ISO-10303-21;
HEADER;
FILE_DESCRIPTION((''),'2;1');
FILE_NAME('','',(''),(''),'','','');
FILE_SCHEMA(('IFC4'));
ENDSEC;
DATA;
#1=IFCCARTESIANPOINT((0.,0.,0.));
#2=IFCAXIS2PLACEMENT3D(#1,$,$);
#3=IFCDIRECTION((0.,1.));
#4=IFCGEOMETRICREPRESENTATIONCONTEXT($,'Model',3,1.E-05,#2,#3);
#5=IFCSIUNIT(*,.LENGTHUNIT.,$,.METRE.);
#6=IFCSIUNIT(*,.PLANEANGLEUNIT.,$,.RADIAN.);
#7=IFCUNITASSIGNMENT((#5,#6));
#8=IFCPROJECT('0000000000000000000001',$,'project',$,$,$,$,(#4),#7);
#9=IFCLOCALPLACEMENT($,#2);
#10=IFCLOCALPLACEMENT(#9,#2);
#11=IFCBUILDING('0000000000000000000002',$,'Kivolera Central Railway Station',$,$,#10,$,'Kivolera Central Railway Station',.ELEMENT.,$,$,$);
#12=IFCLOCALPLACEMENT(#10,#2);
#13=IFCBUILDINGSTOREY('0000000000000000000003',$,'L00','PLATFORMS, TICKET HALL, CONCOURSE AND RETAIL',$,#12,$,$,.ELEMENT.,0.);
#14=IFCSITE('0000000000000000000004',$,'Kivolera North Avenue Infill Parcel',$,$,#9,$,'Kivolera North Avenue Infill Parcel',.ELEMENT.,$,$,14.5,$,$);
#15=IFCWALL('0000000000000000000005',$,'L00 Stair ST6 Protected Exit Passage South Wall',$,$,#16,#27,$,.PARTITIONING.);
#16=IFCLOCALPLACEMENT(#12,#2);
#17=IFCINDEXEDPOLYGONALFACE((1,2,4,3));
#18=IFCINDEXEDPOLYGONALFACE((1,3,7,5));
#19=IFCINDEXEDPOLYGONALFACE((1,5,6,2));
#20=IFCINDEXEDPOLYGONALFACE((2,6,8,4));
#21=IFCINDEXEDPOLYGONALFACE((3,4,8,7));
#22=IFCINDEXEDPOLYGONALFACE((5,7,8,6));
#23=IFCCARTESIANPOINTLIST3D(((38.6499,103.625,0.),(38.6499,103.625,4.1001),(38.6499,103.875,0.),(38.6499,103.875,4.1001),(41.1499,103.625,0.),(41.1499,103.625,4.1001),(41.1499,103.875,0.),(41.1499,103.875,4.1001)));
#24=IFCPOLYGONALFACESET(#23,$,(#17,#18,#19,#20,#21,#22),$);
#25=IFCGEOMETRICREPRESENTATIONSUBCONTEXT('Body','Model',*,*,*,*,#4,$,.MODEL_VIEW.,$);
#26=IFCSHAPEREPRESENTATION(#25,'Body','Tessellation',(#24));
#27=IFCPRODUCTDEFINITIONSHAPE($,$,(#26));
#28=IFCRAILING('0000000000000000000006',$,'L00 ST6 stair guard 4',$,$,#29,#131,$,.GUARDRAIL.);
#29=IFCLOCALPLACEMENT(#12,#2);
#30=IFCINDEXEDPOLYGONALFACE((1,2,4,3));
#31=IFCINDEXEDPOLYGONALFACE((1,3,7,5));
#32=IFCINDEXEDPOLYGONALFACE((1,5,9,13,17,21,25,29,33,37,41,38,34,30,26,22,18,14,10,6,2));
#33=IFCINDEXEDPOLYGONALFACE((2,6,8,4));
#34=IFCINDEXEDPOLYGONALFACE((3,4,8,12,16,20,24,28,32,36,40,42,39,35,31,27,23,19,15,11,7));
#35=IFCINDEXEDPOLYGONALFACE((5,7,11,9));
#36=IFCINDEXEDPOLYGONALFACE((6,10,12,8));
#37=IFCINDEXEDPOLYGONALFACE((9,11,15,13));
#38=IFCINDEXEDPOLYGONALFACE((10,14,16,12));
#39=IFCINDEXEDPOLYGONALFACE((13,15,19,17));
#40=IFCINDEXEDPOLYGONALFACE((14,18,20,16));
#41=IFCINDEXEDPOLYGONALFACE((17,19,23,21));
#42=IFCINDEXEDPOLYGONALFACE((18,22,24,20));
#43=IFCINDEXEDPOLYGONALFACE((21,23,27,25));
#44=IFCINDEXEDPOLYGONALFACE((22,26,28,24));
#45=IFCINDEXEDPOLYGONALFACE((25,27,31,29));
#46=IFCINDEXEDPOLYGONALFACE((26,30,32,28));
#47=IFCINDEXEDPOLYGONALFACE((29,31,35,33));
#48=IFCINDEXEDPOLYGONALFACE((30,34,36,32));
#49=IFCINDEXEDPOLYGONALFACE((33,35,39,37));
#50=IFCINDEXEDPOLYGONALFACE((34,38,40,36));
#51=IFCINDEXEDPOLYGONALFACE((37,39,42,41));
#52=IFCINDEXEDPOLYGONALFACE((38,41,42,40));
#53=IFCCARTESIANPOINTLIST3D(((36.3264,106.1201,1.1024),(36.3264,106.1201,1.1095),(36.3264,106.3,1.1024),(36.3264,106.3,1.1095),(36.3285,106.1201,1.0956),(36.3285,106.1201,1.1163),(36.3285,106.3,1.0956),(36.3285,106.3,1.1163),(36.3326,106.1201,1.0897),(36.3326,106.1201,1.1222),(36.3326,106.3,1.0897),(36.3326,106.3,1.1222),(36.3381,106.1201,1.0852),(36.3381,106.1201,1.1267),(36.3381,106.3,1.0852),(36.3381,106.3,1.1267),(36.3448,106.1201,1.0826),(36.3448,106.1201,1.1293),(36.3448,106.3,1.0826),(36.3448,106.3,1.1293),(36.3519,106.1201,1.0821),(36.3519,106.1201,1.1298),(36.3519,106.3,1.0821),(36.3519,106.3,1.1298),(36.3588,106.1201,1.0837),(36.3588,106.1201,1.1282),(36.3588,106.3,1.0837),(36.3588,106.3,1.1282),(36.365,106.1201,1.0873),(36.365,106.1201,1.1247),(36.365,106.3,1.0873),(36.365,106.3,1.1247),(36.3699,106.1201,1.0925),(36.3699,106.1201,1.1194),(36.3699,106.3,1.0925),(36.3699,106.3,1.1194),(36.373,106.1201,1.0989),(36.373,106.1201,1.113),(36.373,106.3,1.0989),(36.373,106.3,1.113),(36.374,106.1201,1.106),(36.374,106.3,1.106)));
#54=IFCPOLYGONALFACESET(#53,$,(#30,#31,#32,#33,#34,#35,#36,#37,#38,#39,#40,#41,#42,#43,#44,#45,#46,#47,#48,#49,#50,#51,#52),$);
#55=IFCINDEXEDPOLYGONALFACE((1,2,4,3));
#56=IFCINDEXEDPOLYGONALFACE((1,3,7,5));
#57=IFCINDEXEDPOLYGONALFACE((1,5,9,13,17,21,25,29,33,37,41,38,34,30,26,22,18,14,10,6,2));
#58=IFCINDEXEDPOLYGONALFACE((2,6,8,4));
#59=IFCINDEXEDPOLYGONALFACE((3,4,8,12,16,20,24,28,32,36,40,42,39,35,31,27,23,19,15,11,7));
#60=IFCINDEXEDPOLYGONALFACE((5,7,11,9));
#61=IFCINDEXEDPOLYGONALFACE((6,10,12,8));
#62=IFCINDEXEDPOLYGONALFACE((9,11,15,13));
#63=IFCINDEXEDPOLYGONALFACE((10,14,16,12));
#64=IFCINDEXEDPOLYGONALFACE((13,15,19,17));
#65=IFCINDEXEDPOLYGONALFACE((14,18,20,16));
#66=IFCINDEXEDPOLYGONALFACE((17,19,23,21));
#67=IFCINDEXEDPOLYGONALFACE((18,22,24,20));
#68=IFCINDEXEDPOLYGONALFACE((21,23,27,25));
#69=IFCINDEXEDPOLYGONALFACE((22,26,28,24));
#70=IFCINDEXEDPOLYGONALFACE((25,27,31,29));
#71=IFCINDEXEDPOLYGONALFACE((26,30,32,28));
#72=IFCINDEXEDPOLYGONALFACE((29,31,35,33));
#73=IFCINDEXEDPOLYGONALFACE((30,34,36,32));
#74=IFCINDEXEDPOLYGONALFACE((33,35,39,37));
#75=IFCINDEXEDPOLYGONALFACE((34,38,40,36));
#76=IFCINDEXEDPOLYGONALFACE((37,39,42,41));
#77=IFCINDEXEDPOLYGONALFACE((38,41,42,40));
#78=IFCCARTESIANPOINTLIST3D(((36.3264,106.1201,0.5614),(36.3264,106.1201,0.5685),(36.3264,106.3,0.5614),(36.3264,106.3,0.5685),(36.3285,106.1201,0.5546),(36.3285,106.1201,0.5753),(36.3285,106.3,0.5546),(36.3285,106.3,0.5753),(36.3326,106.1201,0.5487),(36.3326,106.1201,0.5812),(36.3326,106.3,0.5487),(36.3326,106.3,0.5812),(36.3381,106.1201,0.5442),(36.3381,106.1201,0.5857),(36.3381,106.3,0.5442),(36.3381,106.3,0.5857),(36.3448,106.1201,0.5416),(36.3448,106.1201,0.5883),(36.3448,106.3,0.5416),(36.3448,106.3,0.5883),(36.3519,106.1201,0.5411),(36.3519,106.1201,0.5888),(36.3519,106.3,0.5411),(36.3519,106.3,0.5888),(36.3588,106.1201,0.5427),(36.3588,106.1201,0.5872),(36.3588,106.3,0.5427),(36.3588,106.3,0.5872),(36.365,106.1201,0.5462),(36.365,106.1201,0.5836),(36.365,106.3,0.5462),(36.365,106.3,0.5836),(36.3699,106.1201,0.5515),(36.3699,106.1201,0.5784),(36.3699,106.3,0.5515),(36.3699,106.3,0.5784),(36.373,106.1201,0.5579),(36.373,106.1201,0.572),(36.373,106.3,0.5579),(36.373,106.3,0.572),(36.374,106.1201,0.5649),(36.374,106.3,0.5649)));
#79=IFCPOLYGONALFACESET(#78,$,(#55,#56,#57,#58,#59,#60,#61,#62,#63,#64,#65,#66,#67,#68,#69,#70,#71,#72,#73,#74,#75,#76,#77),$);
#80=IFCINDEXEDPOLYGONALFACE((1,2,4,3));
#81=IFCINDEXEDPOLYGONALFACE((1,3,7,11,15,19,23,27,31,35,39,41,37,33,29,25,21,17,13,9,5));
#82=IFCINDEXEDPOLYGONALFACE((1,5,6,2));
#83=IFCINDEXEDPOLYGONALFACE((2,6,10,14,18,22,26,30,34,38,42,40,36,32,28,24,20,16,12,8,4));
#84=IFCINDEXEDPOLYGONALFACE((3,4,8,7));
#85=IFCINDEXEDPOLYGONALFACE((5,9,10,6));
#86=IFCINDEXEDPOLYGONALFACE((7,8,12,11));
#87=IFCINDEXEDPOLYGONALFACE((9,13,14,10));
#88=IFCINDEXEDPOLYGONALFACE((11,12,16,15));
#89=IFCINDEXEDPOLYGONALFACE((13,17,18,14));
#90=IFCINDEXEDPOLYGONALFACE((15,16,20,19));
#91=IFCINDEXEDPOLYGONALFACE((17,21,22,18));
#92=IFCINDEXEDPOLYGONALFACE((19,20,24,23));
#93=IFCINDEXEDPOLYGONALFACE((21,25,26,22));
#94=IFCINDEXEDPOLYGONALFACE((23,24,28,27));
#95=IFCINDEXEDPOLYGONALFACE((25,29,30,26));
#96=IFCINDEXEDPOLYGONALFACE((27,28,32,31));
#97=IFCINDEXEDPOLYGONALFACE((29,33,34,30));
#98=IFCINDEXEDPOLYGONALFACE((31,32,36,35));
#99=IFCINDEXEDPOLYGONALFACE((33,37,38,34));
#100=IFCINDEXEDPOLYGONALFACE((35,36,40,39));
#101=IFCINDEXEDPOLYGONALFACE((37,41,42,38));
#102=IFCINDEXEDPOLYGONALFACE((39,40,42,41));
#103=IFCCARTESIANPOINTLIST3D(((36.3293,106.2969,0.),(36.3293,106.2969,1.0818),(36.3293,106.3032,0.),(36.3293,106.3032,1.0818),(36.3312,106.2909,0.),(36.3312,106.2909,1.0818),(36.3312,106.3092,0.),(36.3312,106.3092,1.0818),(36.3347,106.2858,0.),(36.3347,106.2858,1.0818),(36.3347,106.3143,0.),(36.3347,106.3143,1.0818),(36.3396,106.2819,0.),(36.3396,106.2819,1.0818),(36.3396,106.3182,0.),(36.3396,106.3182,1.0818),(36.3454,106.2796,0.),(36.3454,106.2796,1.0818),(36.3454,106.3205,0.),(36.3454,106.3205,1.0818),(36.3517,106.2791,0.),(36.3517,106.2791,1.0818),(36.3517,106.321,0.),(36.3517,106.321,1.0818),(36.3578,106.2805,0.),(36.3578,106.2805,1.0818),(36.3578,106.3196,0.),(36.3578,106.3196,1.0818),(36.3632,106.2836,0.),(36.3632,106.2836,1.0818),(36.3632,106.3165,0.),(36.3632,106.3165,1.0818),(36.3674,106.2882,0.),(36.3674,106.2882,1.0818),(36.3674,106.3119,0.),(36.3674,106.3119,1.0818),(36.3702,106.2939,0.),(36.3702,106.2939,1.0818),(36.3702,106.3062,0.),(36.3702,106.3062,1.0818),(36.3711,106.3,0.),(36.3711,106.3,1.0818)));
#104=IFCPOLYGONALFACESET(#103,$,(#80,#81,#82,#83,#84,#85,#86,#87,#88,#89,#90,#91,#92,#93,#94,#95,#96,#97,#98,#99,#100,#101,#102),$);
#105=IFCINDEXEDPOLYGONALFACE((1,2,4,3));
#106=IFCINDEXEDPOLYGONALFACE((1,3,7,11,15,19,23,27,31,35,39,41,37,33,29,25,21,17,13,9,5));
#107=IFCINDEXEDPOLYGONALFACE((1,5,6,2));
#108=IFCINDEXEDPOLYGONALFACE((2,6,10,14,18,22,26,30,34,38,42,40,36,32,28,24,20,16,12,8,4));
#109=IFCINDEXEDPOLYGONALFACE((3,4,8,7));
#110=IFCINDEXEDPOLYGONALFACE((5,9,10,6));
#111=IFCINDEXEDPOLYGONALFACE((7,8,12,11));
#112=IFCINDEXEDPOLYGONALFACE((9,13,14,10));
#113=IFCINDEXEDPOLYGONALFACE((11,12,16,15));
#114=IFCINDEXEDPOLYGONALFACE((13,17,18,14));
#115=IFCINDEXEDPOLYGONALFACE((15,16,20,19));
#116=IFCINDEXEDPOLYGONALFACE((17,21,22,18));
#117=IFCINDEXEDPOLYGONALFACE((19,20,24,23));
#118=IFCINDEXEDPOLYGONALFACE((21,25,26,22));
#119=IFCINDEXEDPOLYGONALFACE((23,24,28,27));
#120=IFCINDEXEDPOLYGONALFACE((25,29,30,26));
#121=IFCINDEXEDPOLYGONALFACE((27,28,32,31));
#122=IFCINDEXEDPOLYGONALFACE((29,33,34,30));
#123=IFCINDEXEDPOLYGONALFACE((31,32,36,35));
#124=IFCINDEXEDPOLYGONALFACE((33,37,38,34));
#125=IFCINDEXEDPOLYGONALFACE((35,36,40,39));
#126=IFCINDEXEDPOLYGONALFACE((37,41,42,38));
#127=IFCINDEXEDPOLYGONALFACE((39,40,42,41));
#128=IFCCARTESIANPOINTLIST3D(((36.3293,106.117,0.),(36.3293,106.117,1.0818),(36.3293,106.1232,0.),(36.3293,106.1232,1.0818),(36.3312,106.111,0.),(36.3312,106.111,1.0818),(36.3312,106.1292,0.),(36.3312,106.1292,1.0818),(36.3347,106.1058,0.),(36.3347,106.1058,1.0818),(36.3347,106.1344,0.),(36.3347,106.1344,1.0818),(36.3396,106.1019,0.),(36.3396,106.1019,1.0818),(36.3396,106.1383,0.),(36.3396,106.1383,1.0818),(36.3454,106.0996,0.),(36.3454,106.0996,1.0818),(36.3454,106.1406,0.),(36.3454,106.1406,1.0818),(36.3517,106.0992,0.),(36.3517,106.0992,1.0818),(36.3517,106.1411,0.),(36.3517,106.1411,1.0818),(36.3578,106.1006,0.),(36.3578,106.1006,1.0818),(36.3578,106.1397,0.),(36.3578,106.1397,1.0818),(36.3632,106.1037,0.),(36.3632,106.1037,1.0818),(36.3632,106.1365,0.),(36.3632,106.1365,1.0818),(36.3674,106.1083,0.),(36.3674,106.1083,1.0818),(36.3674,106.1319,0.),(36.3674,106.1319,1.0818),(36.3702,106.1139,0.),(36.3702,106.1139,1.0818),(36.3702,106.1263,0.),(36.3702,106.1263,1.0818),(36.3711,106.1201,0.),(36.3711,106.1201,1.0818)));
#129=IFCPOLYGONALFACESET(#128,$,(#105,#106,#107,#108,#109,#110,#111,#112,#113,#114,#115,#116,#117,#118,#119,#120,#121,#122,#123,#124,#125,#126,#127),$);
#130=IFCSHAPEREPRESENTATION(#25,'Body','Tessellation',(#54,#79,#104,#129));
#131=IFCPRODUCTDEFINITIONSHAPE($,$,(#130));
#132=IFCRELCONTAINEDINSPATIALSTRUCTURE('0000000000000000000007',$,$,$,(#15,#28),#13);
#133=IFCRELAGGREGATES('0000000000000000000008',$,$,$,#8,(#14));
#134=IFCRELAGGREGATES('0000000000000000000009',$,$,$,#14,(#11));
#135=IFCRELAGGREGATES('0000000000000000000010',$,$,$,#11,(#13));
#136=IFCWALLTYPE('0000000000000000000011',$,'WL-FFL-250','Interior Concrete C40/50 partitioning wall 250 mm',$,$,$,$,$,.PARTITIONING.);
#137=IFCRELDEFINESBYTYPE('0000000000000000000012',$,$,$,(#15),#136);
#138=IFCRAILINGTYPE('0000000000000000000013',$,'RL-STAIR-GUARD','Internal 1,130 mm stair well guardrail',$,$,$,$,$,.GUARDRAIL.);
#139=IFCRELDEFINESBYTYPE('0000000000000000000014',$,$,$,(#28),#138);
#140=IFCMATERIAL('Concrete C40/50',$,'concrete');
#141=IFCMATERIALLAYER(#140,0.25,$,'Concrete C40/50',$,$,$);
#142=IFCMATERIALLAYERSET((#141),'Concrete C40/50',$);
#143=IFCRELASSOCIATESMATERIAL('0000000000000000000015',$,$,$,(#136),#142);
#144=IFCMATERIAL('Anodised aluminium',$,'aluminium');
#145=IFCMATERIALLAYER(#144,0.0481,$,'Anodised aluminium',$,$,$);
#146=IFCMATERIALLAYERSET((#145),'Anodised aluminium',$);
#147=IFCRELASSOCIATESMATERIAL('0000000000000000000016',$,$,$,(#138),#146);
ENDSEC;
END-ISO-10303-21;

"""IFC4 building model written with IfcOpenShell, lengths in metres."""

from ifc_helpers import new_model, si_unit, direction, frame, frame_2d, origin, origin_2d, place, context, subcontext, project, spatial, rectangle, circle, extrude, material, layer, layer_set, type_object, element, save


model = new_model("IFC4")

# Units and contexts
model_context = context("Model", 3, precision=1e-05, world=origin(), true_north=direction((0.0, 1.0)))
body_context = subcontext(model_context, "Body", "Model", "MODEL_VIEW")
ifc_project = project(units=[si_unit("LENGTHUNIT", "METRE"), si_unit("PLANEANGLEUNIT", "RADIAN")], contexts=[model_context])

# Site, building, storey
site_placement = place(None, origin())
site = spatial("IfcSite", under=ifc_project, at=site_placement, Name="Kivolera North Avenue Infill Parcel", LongName="Kivolera North Avenue Infill Parcel", CompositionType="ELEMENT", RefElevation=14.5)
building_placement = place(site_placement, origin())
building = spatial("IfcBuilding", under=site, at=building_placement, Name="Kivolera Central Railway Station", LongName="Kivolera Central Railway Station", CompositionType="ELEMENT")
storey_placement = place(building_placement, origin())
storey = spatial("IfcBuildingStorey", under=building, at=storey_placement, Name="L00", Description="PLATFORMS, TICKET HALL, CONCOURSE AND RETAIL", CompositionType="ELEMENT", Elevation=0.0)

# Shared definitions
ifc_material_1 = material(Name="Concrete C40/50", Category="concrete")

# Shared definitions
ifc_material_2 = material(Name="Anodised aluminium", Category="aluminium")

# Shared definitions
ifc_layer_1 = layer(ifc_material_1, 0.25, Name="Concrete C40/50")
ifc_layer_set_1 = layer_set([ifc_layer_1], Name="Concrete C40/50")
wall_type_1 = type_object("IfcWallType", Name="WL-FFL-250", Description="Interior Concrete C40/50 partitioning wall 250 mm", PredefinedType="PARTITIONING", material=ifc_layer_set_1)

# Wall
wall_1_placement = place(storey_placement, frame((38.6499, 103.75, 0.0), z_axis=(0.0, 0.0, 1.0), x_axis=(1.0, 0.0, 0.0)))
element("IfcWall", 1, at=wall_1_placement, inside=storey, type_object=wall_type_1, Name="L00 Stair ST6 Protected Exit Passage South Wall", PredefinedType="PARTITIONING", context=body_context, shape_type="SweptSolid", body=[
    extrude(rectangle(XDim=2.5, YDim=0.25, at=frame_2d((1.25, 0.0))), origin(), (0.0, 0.0, 1.0), 4.1001),
])

# Railing
ifc_layer_2 = layer(ifc_material_2, 0.0481, Name="Anodised aluminium")
ifc_layer_set_2 = layer_set([ifc_layer_2], Name="Anodised aluminium")
railing_type = type_object("IfcRailingType", Name="RL-STAIR-GUARD", Description="Internal 1,130 mm stair well guardrail", PredefinedType="GUARDRAIL", material=ifc_layer_set_2)
railing_placement = place(storey_placement, frame((36.3501, 106.3, 0.0)))
element("IfcRailing", 2, at=railing_placement, inside=storey, type_object=railing_type, Name="L00 ST6 stair guard 4", PredefinedType="GUARDRAIL", context=body_context, shape_type="SweptSolid", body=[
    extrude(circle(Radius=0.0239, at=origin_2d()), frame((0.0, 0.0, 1.106), z_axis=(0.0, -1.0, 0.0), x_axis=(1.0, 0.0, 0.0)), (0.0, 0.0, 1.0), 0.1799),
    extrude(circle(Radius=0.0239, at=origin_2d()), frame((0.0, 0.0, 0.5649), z_axis=(0.0, -1.0, 0.0), x_axis=(1.0, 0.0, 0.0)), (0.0, 0.0, 1.0), 0.1799),
    extrude(circle(Radius=0.021, at=origin_2d()), origin(), (0.0, 0.0, 1.0), 1.0818),
    extrude(circle(Radius=0.021, at=origin_2d()), frame((0.0, -0.1799, 0.0)), (0.0, 0.0, 1.0), 1.0818),
])

save(model, "model.ifc")
